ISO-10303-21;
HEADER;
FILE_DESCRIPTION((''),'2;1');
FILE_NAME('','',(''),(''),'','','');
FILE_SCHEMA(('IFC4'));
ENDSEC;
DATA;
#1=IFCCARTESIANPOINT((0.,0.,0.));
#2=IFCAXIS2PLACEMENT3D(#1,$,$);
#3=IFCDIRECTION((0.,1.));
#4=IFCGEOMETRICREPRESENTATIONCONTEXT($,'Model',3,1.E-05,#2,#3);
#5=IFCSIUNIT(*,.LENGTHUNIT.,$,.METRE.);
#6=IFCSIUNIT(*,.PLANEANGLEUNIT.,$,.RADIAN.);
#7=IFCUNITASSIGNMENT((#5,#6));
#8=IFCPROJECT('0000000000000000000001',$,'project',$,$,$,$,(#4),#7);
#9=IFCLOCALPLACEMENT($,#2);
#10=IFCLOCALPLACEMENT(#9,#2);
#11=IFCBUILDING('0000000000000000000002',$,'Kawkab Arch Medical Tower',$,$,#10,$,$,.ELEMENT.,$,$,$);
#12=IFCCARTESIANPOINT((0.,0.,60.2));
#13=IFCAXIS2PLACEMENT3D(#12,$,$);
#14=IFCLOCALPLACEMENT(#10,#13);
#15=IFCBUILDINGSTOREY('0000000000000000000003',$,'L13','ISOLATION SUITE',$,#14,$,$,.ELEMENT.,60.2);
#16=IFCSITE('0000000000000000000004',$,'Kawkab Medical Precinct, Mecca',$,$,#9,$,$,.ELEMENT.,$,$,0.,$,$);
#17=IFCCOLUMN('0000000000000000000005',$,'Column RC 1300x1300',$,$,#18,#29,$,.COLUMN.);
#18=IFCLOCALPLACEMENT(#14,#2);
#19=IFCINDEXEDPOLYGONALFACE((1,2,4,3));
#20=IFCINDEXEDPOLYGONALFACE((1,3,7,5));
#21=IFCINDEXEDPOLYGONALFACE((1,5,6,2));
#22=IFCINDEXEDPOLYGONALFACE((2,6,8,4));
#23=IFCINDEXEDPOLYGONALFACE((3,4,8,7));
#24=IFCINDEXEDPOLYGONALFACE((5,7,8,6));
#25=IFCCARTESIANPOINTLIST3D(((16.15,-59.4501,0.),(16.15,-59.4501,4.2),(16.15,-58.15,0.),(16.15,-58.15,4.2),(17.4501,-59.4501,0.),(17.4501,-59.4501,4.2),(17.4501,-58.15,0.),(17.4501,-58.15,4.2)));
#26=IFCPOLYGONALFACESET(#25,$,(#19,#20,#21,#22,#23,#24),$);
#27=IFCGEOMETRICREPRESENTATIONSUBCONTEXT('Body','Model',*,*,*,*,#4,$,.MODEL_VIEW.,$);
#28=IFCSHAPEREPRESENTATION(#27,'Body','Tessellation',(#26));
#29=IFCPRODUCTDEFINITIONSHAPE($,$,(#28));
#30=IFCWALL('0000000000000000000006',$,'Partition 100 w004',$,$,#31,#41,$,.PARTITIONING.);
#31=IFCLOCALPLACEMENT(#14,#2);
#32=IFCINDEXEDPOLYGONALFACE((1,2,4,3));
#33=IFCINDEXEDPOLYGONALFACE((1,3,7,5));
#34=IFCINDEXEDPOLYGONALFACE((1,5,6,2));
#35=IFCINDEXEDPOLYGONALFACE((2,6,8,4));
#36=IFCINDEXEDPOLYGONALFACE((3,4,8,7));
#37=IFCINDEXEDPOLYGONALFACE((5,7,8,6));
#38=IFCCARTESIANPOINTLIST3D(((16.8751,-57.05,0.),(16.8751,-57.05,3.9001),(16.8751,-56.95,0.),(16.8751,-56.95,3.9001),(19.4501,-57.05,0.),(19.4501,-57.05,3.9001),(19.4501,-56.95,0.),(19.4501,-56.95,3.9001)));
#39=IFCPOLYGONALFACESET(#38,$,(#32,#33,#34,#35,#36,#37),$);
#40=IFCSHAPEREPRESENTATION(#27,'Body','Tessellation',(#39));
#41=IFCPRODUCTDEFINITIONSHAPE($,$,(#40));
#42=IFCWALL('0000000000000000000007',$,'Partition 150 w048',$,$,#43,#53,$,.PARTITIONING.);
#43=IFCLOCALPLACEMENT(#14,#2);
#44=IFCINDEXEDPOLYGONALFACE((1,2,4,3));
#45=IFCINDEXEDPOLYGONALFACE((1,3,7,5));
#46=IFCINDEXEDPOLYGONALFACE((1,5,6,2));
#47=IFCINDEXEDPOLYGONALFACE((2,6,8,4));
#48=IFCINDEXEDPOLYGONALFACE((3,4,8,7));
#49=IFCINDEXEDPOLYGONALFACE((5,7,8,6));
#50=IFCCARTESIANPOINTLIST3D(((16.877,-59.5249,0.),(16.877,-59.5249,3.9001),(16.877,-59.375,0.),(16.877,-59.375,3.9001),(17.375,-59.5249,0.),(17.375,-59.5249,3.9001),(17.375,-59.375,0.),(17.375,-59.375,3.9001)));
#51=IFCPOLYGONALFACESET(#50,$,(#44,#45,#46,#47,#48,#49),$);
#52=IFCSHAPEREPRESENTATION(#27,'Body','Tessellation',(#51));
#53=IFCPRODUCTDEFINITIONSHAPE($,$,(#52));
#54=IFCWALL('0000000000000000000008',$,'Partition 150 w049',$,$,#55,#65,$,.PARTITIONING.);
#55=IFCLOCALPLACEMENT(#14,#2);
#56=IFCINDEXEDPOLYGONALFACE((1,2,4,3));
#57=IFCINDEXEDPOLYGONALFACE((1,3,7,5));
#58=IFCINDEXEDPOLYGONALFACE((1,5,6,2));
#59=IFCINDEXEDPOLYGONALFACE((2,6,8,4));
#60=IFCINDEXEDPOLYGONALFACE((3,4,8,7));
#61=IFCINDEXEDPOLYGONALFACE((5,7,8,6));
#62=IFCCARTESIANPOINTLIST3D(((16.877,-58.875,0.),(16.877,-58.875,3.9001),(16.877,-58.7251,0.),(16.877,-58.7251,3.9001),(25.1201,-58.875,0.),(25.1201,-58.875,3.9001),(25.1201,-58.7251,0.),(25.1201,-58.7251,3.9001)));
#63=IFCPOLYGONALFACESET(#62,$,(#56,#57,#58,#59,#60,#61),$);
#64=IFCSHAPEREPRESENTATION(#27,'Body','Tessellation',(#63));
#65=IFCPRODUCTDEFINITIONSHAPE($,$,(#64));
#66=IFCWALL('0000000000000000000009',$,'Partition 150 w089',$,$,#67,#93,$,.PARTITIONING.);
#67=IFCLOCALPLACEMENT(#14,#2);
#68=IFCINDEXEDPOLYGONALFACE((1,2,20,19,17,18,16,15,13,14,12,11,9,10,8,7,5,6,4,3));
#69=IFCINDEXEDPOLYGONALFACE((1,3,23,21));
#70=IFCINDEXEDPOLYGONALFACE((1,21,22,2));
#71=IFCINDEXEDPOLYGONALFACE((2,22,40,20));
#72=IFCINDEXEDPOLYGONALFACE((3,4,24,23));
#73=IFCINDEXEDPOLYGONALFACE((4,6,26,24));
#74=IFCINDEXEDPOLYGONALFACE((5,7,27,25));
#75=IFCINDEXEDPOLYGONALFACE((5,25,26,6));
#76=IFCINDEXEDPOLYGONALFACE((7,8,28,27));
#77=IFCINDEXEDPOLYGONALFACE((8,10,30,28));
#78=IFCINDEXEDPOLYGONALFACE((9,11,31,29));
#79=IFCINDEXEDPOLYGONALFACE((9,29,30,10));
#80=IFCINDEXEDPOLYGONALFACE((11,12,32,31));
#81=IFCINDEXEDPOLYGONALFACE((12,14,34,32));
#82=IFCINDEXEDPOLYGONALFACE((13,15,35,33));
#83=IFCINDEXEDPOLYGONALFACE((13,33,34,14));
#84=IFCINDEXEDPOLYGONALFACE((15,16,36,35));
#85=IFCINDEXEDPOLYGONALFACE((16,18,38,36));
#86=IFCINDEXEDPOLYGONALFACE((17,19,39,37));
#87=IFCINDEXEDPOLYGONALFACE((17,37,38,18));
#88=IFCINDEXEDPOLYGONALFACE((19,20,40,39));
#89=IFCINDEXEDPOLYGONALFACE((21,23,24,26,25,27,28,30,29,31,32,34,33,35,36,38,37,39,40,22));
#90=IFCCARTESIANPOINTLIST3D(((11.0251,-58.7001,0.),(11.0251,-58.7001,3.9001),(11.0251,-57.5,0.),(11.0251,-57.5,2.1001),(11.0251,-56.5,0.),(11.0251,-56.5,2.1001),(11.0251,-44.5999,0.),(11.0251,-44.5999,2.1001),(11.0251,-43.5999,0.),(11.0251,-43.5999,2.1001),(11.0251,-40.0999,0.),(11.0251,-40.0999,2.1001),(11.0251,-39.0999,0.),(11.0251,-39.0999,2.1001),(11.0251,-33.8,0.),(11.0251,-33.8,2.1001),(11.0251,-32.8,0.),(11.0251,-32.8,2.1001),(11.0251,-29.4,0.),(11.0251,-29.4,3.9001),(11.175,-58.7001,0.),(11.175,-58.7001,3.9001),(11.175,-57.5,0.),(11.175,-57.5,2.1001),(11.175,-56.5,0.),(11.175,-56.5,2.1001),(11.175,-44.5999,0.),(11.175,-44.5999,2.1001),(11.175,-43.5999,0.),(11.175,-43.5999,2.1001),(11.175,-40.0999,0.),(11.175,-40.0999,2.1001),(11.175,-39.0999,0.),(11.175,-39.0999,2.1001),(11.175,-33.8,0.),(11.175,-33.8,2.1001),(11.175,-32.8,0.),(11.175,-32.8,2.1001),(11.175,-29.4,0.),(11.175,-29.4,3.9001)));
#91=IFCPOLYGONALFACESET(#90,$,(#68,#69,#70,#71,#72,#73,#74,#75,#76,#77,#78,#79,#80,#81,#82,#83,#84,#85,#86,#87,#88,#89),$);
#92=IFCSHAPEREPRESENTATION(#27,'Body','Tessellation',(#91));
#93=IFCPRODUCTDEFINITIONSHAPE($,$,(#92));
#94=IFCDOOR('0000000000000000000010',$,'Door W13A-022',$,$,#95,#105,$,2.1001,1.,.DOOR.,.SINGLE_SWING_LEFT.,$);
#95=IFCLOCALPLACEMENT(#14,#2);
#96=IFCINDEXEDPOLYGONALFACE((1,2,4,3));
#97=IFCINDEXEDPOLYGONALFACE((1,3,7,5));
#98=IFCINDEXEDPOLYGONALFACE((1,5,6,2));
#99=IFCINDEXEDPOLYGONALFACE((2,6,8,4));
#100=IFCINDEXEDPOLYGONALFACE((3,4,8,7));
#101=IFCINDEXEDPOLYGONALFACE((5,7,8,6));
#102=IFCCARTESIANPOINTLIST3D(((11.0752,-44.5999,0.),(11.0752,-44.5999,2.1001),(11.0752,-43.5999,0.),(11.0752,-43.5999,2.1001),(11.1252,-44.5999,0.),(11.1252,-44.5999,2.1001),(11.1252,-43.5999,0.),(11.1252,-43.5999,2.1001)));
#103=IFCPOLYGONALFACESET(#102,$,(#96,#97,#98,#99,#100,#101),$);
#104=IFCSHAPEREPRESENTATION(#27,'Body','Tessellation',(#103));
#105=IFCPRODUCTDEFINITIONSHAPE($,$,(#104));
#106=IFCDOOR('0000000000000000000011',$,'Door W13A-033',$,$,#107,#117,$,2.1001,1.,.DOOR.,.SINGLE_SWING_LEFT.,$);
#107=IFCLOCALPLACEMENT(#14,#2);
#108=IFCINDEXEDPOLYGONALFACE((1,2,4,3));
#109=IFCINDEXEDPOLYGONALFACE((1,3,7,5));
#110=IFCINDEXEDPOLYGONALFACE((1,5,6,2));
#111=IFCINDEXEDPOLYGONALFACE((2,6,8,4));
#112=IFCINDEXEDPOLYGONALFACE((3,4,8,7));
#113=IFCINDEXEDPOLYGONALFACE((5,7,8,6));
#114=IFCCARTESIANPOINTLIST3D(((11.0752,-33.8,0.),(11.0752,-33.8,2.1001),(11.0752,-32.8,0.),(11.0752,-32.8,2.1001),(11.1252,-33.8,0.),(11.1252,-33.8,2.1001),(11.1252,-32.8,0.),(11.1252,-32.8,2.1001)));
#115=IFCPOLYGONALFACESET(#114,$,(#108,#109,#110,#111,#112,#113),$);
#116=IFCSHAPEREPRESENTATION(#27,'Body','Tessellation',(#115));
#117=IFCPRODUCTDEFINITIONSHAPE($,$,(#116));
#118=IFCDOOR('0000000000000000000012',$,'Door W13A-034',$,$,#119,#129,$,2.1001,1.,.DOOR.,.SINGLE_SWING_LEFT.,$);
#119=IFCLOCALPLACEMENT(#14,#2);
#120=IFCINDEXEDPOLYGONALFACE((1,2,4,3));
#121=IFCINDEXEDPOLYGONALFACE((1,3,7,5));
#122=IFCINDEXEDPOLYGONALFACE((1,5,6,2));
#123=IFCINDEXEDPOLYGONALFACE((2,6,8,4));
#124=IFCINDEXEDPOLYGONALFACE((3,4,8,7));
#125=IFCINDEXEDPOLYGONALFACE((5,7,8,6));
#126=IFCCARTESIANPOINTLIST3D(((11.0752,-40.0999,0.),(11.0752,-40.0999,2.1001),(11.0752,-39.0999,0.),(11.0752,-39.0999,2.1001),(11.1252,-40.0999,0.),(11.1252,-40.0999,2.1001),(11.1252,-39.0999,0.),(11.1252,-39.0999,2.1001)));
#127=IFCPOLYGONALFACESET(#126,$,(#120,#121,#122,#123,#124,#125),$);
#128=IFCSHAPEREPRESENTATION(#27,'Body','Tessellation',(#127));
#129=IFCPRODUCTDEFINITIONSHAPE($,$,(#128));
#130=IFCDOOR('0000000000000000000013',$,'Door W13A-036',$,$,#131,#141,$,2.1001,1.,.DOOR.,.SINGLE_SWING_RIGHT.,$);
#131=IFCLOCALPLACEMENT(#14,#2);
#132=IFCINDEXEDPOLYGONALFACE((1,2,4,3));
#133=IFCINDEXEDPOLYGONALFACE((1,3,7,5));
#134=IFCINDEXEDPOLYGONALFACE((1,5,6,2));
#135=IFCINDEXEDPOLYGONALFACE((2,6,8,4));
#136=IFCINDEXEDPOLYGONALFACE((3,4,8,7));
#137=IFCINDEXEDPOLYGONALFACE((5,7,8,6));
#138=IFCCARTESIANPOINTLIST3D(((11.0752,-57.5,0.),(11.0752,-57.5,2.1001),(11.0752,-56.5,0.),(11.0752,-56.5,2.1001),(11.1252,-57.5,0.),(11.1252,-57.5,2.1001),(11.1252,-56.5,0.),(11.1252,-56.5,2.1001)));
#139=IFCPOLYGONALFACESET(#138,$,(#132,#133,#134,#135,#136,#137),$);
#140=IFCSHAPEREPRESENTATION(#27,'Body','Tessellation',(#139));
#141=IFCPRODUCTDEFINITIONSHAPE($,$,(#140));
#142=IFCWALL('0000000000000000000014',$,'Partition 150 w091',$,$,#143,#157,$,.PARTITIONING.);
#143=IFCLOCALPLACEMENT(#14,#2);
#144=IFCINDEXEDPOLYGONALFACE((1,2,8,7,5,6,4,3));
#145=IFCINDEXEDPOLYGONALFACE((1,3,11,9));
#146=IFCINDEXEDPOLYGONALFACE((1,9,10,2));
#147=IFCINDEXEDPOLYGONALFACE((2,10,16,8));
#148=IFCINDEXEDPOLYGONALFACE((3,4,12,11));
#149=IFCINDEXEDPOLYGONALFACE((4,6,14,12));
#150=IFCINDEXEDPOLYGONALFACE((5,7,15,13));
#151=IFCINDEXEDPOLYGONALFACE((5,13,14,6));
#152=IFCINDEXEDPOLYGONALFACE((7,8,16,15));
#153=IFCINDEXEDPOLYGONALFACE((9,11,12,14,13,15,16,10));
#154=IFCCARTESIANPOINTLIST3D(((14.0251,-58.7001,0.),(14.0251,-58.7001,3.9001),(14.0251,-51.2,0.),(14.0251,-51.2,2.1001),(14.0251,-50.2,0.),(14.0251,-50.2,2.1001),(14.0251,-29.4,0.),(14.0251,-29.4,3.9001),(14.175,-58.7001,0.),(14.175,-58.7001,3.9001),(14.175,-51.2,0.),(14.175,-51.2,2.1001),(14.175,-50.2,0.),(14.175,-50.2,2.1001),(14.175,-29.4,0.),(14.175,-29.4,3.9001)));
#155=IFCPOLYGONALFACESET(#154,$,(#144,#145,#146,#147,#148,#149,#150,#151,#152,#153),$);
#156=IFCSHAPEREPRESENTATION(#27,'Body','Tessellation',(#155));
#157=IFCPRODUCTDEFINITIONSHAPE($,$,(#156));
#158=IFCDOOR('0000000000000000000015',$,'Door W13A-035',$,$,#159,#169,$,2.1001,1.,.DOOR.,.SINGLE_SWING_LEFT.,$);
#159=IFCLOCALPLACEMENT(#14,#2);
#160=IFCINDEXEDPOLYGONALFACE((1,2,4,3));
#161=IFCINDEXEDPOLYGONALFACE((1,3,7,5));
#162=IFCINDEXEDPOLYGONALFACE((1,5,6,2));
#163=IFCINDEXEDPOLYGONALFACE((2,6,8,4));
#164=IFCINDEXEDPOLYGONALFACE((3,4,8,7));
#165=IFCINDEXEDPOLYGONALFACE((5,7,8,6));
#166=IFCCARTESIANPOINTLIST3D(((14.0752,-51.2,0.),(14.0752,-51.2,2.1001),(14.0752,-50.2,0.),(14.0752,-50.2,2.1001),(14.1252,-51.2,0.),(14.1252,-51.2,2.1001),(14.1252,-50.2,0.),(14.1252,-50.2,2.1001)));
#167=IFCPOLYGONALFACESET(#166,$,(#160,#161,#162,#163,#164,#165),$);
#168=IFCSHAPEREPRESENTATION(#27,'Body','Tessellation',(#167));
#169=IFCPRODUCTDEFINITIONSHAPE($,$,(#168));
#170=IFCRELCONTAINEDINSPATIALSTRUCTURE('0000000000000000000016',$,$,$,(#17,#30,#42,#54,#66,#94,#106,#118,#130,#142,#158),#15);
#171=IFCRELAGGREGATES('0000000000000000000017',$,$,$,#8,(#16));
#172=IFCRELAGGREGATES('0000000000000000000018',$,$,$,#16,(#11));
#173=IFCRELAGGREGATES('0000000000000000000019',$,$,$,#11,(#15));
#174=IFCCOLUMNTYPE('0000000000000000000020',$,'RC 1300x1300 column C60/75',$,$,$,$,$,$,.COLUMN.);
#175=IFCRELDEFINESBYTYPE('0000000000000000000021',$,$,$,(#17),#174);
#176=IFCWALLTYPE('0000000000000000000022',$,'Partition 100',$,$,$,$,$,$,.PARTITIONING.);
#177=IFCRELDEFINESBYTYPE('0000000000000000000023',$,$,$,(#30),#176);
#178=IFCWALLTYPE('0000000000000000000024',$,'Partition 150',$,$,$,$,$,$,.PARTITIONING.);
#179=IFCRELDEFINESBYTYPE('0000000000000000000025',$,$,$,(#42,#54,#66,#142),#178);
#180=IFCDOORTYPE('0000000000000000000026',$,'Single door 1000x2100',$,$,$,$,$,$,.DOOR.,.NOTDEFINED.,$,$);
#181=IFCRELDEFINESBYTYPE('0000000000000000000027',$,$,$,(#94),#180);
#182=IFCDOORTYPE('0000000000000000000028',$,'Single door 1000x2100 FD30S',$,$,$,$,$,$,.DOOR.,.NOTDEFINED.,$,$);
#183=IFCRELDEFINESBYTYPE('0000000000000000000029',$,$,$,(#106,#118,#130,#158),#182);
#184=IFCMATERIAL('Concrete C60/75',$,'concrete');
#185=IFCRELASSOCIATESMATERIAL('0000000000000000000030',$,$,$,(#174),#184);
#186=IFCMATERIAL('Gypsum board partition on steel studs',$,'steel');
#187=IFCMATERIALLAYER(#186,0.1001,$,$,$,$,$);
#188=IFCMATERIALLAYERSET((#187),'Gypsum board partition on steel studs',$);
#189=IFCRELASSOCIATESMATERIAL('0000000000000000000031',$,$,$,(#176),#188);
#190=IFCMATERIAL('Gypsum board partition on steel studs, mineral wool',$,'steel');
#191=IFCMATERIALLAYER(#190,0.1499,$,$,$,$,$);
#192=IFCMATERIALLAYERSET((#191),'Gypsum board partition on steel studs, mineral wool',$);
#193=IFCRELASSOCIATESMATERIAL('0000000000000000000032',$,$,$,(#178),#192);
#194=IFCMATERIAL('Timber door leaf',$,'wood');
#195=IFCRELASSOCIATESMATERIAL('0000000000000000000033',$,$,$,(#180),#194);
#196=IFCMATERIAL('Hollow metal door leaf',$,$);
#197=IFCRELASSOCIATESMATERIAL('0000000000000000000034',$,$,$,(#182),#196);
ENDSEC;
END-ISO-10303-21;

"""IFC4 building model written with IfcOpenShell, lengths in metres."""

from ifc_helpers import new_model, si_unit, direction, frame, frame_2d, origin, origin_2d, place, context, subcontext, project, spatial, rectangle, extrude, material, layer, layer_set, material_profile, profile_set, type_object, element, fill, save


model = new_model("IFC4")

# Units and contexts
model_context = context("Model", 3, precision=1e-05, world=origin(), true_north=direction((0.0, 1.0)))
body_context = subcontext(model_context, "Body", "Model", "MODEL_VIEW")
ifc_project = project(units=[si_unit("LENGTHUNIT", "METRE"), si_unit("PLANEANGLEUNIT", "RADIAN")], contexts=[model_context])

# Site, building, storey
site_placement = place(None, origin())
site = spatial("IfcSite", under=ifc_project, at=site_placement, Name="Kawkab Medical Precinct, Mecca", CompositionType="ELEMENT", RefElevation=0.0)
building_placement = place(site_placement, origin())
building = spatial("IfcBuilding", under=site, at=building_placement, Name="Kawkab Arch Medical Tower", CompositionType="ELEMENT")
storey_placement = place(building_placement, frame((0.0, 0.0, 60.2)))
storey = spatial("IfcBuildingStorey", under=building, at=storey_placement, Name="L13", Description="ISOLATION SUITE", CompositionType="ELEMENT", Elevation=60.2)

# Column
ifc_material_1 = material(Name="Concrete C60/75", Category="concrete")
ifc_material_profile = material_profile(ifc_material_1, rectangle(XDim=1.3, YDim=1.3, at=origin_2d()), Name="RC 1300x1300")
ifc_profile_set = profile_set([ifc_material_profile], Name="Concrete C60/75")
column_type = type_object("IfcColumnType", Name="RC 1300x1300 column C60/75", PredefinedType="COLUMN", material=ifc_profile_set)
column_placement = place(storey_placement, frame((16.8, -58.8, 0.0), z_axis=(0.0, 0.0, 1.0), x_axis=(1.0, 0.0, 0.0)))
element("IfcColumn", 1, at=column_placement, inside=storey, type_object=column_type, Name="Column RC 1300x1300", PredefinedType="COLUMN", context=body_context, shape_type="SweptSolid", body=[
    extrude(rectangle(XDim=1.3, YDim=1.3, at=origin_2d()), origin(), (0.0, 0.0, 1.0), 4.2),
])

# Walls
ifc_material_2 = material(Name="Gypsum board partition on steel studs", Category="steel")
ifc_layer_1 = layer(ifc_material_2, 0.1001)
ifc_layer_set_1 = layer_set([ifc_layer_1], Name="Gypsum board partition on steel studs")
wall_type_1 = type_object("IfcWallType", Name="Partition 100", PredefinedType="PARTITIONING", material=ifc_layer_set_1)
wall_1_placement = place(storey_placement, frame((16.875, -57.0, 0.0), z_axis=(0.0, 0.0, 1.0), x_axis=(1.0, 0.0, 0.0)))
element("IfcWall", 2, at=wall_1_placement, inside=storey, type_object=wall_type_1, Name="Partition 100 w004", PredefinedType="PARTITIONING", context=body_context, shape_type="SweptSolid", body=[
    extrude(rectangle(XDim=2.575, YDim=0.1001, at=frame_2d((1.2876, 0.0))), origin(), (0.0, 0.0, 1.0), 3.9001),
])
ifc_material_3 = material(Name="Gypsum board partition on steel studs, mineral wool", Category="steel")
ifc_layer_2 = layer(ifc_material_3, 0.1499)
ifc_layer_set_2 = layer_set([ifc_layer_2], Name="Gypsum board partition on steel studs, mineral wool")
wall_type_2 = type_object("IfcWallType", Name="Partition 150", PredefinedType="PARTITIONING", material=ifc_layer_set_2)
wall_2_placement = place(storey_placement, frame((16.877, -59.45, 0.0), z_axis=(0.0, 0.0, 1.0), x_axis=(1.0, 0.0, 0.0)))
element("IfcWall", 3, at=wall_2_placement, inside=storey, type_object=wall_type_2, Name="Partition 150 w048", PredefinedType="PARTITIONING", context=body_context, shape_type="SweptSolid", body=[
    extrude(rectangle(XDim=0.498, YDim=0.1499, at=frame_2d((0.249, 0.0))), origin(), (0.0, 0.0, 1.0), 3.9001),
])
wall_3_placement = place(storey_placement, frame((16.877, -58.8, 0.0), z_axis=(0.0, 0.0, 1.0), x_axis=(1.0, 0.0, 0.0)))
element("IfcWall", 4, at=wall_3_placement, inside=storey, type_object=wall_type_2, Name="Partition 150 w049", PredefinedType="PARTITIONING", context=body_context, shape_type="SweptSolid", body=[
    extrude(rectangle(XDim=8.2432, YDim=0.1499, at=frame_2d((4.1216, 0.0))), origin(), (0.0, 0.0, 1.0), 3.9001),
])

# Wall, openings, doors
wall_4_placement = place(storey_placement, frame((11.1001, -58.7, 0.0), z_axis=(0.0, 0.0, 1.0), x_axis=(0.0, 1.0, 0.0)))
wall_4 = element("IfcWall", 5, at=wall_4_placement, inside=storey, type_object=wall_type_2, Name="Partition 150 w089", PredefinedType="PARTITIONING", context=body_context, shape_type="SweptSolid", body=[
    extrude(rectangle(XDim=29.3, YDim=0.1499, at=frame_2d((14.6499, 0.0))), origin(), (0.0, 0.0, 1.0), 3.9001),
])
opening_1_placement = place(wall_4_placement, frame((24.8999, 0.0, 0.0)))
opening_1 = element("IfcOpeningElement", 6, at=opening_1_placement, cuts=wall_4, PredefinedType="OPENING", context=body_context, shape_type="SweptSolid", body=[
    extrude(rectangle(XDim=1.0, YDim=2.1001, at=frame_2d((0.5, 1.05))), frame((0.0, 0.085, 0.0), z_axis=(0.0, -1.0, 0.0), x_axis=(1.0, 0.0, 0.0)), (0.0, 0.0, 1.0), 0.1699),
])
opening_2_placement = place(wall_4_placement, frame((18.6001, 0.0, 0.0)))
opening_2 = element("IfcOpeningElement", 7, at=opening_2_placement, cuts=wall_4, PredefinedType="OPENING", context=body_context, shape_type="SweptSolid", body=[
    extrude(rectangle(XDim=1.0, YDim=2.1001, at=frame_2d((0.5, 1.05))), frame((0.0, 0.085, 0.0), z_axis=(0.0, -1.0, 0.0), x_axis=(1.0, 0.0, 0.0)), (0.0, 0.0, 1.0), 0.1699),
])
opening_3_placement = place(wall_4_placement, frame((14.1001, 0.0, 0.0)))
opening_3 = element("IfcOpeningElement", 8, at=opening_3_placement, cuts=wall_4, PredefinedType="OPENING", context=body_context, shape_type="SweptSolid", body=[
    extrude(rectangle(XDim=1.0, YDim=2.1001, at=frame_2d((0.5, 1.05))), frame((0.0, 0.085, 0.0), z_axis=(0.0, -1.0, 0.0), x_axis=(1.0, 0.0, 0.0)), (0.0, 0.0, 1.0), 0.1699),
])
opening_4_placement = place(wall_4_placement, frame((1.2, 0.0, 0.0)))
opening_4 = element("IfcOpeningElement", 9, at=opening_4_placement, cuts=wall_4, PredefinedType="OPENING", context=body_context, shape_type="SweptSolid", body=[
    extrude(rectangle(XDim=1.0, YDim=2.1001, at=frame_2d((0.5, 1.05))), frame((0.0, 0.085, 0.0), z_axis=(0.0, -1.0, 0.0), x_axis=(1.0, 0.0, 0.0)), (0.0, 0.0, 1.0), 0.1699),
])
ifc_material_4 = material(Name="Timber door leaf", Category="wood")
door_type_1 = type_object("IfcDoorType", Name="Single door 1000x2100", OperationType="NOTDEFINED", PredefinedType="DOOR", material=ifc_material_4)
door_1_placement = place(opening_3_placement, origin())
door_1 = element("IfcDoor", 10, at=door_1_placement, inside=storey, type_object=door_type_1, Name="Door W13A-022", OperationType="SINGLE_SWING_LEFT", OverallHeight=2.1001, OverallWidth=1.0, PredefinedType="DOOR", context=body_context, shape_type="SweptSolid", body=[
    extrude(rectangle(XDim=1.0, YDim=2.1001, at=frame_2d((0.5, 1.05))), frame((0.0, 0.0249, 0.0), z_axis=(0.0, -1.0, 0.0), x_axis=(1.0, 0.0, 0.0)), (0.0, 0.0, 1.0), 0.05),
])
fill(opening_3, door_1)
ifc_material_5 = material(Name="Hollow metal door leaf")
door_type_2 = type_object("IfcDoorType", Name="Single door 1000x2100 FD30S", OperationType="NOTDEFINED", PredefinedType="DOOR", material=ifc_material_5)
door_2_placement = place(opening_1_placement, origin())
door_2 = element("IfcDoor", 11, at=door_2_placement, inside=storey, type_object=door_type_2, Name="Door W13A-033", OperationType="SINGLE_SWING_LEFT", OverallHeight=2.1001, OverallWidth=1.0, PredefinedType="DOOR", context=body_context, shape_type="SweptSolid", body=[
    extrude(rectangle(XDim=1.0, YDim=2.1001, at=frame_2d((0.5, 1.05))), frame((0.0, 0.0249, 0.0), z_axis=(0.0, -1.0, 0.0), x_axis=(1.0, 0.0, 0.0)), (0.0, 0.0, 1.0), 0.05),
])
fill(opening_1, door_2)
door_3_placement = place(opening_2_placement, origin())
door_3 = element("IfcDoor", 12, at=door_3_placement, inside=storey, type_object=door_type_2, Name="Door W13A-034", OperationType="SINGLE_SWING_LEFT", OverallHeight=2.1001, OverallWidth=1.0, PredefinedType="DOOR", context=body_context, shape_type="SweptSolid", body=[
    extrude(rectangle(XDim=1.0, YDim=2.1001, at=frame_2d((0.5, 1.05))), frame((0.0, 0.0249, 0.0), z_axis=(0.0, -1.0, 0.0), x_axis=(1.0, 0.0, 0.0)), (0.0, 0.0, 1.0), 0.05),
])
fill(opening_2, door_3)
door_4_placement = place(opening_4_placement, origin())
door_4 = element("IfcDoor", 13, at=door_4_placement, inside=storey, type_object=door_type_2, Name="Door W13A-036", OperationType="SINGLE_SWING_RIGHT", OverallHeight=2.1001, OverallWidth=1.0, PredefinedType="DOOR", context=body_context, shape_type="SweptSolid", body=[
    extrude(rectangle(XDim=1.0, YDim=2.1001, at=frame_2d((0.5, 1.05))), frame((0.0, 0.0249, 0.0), z_axis=(0.0, -1.0, 0.0), x_axis=(1.0, 0.0, 0.0)), (0.0, 0.0, 1.0), 0.05),
])
fill(opening_4, door_4)

# Wall, opening, door
wall_5_placement = place(storey_placement, frame((14.1001, -58.7, 0.0), z_axis=(0.0, 0.0, 1.0), x_axis=(0.0, 1.0, 0.0)))
wall_5 = element("IfcWall", 14, at=wall_5_placement, inside=storey, type_object=wall_type_2, Name="Partition 150 w091", PredefinedType="PARTITIONING", context=body_context, shape_type="SweptSolid", body=[
    extrude(rectangle(XDim=29.3, YDim=0.1499, at=frame_2d((14.6499, 0.0))), origin(), (0.0, 0.0, 1.0), 3.9001),
])
opening_5_placement = place(wall_5_placement, frame((7.5, 0.0, 0.0)))
opening_5 = element("IfcOpeningElement", 15, at=opening_5_placement, cuts=wall_5, PredefinedType="OPENING", context=body_context, shape_type="SweptSolid", body=[
    extrude(rectangle(XDim=1.0, YDim=2.1001, at=frame_2d((0.5, 1.05))), frame((0.0, 0.085, 0.0), z_axis=(0.0, -1.0, 0.0), x_axis=(1.0, 0.0, 0.0)), (0.0, 0.0, 1.0), 0.1699),
])
door_5_placement = place(opening_5_placement, origin())
door_5 = element("IfcDoor", 16, at=door_5_placement, inside=storey, type_object=door_type_2, Name="Door W13A-035", OperationType="SINGLE_SWING_LEFT", OverallHeight=2.1001, OverallWidth=1.0, PredefinedType="DOOR", context=body_context, shape_type="SweptSolid", body=[
    extrude(rectangle(XDim=1.0, YDim=2.1001, at=frame_2d((0.5, 1.05))), frame((0.0, 0.0249, 0.0), z_axis=(0.0, -1.0, 0.0), x_axis=(1.0, 0.0, 0.0)), (0.0, 0.0, 1.0), 0.05),
])
fill(opening_5, door_5)

save(model, "model.ifc")
